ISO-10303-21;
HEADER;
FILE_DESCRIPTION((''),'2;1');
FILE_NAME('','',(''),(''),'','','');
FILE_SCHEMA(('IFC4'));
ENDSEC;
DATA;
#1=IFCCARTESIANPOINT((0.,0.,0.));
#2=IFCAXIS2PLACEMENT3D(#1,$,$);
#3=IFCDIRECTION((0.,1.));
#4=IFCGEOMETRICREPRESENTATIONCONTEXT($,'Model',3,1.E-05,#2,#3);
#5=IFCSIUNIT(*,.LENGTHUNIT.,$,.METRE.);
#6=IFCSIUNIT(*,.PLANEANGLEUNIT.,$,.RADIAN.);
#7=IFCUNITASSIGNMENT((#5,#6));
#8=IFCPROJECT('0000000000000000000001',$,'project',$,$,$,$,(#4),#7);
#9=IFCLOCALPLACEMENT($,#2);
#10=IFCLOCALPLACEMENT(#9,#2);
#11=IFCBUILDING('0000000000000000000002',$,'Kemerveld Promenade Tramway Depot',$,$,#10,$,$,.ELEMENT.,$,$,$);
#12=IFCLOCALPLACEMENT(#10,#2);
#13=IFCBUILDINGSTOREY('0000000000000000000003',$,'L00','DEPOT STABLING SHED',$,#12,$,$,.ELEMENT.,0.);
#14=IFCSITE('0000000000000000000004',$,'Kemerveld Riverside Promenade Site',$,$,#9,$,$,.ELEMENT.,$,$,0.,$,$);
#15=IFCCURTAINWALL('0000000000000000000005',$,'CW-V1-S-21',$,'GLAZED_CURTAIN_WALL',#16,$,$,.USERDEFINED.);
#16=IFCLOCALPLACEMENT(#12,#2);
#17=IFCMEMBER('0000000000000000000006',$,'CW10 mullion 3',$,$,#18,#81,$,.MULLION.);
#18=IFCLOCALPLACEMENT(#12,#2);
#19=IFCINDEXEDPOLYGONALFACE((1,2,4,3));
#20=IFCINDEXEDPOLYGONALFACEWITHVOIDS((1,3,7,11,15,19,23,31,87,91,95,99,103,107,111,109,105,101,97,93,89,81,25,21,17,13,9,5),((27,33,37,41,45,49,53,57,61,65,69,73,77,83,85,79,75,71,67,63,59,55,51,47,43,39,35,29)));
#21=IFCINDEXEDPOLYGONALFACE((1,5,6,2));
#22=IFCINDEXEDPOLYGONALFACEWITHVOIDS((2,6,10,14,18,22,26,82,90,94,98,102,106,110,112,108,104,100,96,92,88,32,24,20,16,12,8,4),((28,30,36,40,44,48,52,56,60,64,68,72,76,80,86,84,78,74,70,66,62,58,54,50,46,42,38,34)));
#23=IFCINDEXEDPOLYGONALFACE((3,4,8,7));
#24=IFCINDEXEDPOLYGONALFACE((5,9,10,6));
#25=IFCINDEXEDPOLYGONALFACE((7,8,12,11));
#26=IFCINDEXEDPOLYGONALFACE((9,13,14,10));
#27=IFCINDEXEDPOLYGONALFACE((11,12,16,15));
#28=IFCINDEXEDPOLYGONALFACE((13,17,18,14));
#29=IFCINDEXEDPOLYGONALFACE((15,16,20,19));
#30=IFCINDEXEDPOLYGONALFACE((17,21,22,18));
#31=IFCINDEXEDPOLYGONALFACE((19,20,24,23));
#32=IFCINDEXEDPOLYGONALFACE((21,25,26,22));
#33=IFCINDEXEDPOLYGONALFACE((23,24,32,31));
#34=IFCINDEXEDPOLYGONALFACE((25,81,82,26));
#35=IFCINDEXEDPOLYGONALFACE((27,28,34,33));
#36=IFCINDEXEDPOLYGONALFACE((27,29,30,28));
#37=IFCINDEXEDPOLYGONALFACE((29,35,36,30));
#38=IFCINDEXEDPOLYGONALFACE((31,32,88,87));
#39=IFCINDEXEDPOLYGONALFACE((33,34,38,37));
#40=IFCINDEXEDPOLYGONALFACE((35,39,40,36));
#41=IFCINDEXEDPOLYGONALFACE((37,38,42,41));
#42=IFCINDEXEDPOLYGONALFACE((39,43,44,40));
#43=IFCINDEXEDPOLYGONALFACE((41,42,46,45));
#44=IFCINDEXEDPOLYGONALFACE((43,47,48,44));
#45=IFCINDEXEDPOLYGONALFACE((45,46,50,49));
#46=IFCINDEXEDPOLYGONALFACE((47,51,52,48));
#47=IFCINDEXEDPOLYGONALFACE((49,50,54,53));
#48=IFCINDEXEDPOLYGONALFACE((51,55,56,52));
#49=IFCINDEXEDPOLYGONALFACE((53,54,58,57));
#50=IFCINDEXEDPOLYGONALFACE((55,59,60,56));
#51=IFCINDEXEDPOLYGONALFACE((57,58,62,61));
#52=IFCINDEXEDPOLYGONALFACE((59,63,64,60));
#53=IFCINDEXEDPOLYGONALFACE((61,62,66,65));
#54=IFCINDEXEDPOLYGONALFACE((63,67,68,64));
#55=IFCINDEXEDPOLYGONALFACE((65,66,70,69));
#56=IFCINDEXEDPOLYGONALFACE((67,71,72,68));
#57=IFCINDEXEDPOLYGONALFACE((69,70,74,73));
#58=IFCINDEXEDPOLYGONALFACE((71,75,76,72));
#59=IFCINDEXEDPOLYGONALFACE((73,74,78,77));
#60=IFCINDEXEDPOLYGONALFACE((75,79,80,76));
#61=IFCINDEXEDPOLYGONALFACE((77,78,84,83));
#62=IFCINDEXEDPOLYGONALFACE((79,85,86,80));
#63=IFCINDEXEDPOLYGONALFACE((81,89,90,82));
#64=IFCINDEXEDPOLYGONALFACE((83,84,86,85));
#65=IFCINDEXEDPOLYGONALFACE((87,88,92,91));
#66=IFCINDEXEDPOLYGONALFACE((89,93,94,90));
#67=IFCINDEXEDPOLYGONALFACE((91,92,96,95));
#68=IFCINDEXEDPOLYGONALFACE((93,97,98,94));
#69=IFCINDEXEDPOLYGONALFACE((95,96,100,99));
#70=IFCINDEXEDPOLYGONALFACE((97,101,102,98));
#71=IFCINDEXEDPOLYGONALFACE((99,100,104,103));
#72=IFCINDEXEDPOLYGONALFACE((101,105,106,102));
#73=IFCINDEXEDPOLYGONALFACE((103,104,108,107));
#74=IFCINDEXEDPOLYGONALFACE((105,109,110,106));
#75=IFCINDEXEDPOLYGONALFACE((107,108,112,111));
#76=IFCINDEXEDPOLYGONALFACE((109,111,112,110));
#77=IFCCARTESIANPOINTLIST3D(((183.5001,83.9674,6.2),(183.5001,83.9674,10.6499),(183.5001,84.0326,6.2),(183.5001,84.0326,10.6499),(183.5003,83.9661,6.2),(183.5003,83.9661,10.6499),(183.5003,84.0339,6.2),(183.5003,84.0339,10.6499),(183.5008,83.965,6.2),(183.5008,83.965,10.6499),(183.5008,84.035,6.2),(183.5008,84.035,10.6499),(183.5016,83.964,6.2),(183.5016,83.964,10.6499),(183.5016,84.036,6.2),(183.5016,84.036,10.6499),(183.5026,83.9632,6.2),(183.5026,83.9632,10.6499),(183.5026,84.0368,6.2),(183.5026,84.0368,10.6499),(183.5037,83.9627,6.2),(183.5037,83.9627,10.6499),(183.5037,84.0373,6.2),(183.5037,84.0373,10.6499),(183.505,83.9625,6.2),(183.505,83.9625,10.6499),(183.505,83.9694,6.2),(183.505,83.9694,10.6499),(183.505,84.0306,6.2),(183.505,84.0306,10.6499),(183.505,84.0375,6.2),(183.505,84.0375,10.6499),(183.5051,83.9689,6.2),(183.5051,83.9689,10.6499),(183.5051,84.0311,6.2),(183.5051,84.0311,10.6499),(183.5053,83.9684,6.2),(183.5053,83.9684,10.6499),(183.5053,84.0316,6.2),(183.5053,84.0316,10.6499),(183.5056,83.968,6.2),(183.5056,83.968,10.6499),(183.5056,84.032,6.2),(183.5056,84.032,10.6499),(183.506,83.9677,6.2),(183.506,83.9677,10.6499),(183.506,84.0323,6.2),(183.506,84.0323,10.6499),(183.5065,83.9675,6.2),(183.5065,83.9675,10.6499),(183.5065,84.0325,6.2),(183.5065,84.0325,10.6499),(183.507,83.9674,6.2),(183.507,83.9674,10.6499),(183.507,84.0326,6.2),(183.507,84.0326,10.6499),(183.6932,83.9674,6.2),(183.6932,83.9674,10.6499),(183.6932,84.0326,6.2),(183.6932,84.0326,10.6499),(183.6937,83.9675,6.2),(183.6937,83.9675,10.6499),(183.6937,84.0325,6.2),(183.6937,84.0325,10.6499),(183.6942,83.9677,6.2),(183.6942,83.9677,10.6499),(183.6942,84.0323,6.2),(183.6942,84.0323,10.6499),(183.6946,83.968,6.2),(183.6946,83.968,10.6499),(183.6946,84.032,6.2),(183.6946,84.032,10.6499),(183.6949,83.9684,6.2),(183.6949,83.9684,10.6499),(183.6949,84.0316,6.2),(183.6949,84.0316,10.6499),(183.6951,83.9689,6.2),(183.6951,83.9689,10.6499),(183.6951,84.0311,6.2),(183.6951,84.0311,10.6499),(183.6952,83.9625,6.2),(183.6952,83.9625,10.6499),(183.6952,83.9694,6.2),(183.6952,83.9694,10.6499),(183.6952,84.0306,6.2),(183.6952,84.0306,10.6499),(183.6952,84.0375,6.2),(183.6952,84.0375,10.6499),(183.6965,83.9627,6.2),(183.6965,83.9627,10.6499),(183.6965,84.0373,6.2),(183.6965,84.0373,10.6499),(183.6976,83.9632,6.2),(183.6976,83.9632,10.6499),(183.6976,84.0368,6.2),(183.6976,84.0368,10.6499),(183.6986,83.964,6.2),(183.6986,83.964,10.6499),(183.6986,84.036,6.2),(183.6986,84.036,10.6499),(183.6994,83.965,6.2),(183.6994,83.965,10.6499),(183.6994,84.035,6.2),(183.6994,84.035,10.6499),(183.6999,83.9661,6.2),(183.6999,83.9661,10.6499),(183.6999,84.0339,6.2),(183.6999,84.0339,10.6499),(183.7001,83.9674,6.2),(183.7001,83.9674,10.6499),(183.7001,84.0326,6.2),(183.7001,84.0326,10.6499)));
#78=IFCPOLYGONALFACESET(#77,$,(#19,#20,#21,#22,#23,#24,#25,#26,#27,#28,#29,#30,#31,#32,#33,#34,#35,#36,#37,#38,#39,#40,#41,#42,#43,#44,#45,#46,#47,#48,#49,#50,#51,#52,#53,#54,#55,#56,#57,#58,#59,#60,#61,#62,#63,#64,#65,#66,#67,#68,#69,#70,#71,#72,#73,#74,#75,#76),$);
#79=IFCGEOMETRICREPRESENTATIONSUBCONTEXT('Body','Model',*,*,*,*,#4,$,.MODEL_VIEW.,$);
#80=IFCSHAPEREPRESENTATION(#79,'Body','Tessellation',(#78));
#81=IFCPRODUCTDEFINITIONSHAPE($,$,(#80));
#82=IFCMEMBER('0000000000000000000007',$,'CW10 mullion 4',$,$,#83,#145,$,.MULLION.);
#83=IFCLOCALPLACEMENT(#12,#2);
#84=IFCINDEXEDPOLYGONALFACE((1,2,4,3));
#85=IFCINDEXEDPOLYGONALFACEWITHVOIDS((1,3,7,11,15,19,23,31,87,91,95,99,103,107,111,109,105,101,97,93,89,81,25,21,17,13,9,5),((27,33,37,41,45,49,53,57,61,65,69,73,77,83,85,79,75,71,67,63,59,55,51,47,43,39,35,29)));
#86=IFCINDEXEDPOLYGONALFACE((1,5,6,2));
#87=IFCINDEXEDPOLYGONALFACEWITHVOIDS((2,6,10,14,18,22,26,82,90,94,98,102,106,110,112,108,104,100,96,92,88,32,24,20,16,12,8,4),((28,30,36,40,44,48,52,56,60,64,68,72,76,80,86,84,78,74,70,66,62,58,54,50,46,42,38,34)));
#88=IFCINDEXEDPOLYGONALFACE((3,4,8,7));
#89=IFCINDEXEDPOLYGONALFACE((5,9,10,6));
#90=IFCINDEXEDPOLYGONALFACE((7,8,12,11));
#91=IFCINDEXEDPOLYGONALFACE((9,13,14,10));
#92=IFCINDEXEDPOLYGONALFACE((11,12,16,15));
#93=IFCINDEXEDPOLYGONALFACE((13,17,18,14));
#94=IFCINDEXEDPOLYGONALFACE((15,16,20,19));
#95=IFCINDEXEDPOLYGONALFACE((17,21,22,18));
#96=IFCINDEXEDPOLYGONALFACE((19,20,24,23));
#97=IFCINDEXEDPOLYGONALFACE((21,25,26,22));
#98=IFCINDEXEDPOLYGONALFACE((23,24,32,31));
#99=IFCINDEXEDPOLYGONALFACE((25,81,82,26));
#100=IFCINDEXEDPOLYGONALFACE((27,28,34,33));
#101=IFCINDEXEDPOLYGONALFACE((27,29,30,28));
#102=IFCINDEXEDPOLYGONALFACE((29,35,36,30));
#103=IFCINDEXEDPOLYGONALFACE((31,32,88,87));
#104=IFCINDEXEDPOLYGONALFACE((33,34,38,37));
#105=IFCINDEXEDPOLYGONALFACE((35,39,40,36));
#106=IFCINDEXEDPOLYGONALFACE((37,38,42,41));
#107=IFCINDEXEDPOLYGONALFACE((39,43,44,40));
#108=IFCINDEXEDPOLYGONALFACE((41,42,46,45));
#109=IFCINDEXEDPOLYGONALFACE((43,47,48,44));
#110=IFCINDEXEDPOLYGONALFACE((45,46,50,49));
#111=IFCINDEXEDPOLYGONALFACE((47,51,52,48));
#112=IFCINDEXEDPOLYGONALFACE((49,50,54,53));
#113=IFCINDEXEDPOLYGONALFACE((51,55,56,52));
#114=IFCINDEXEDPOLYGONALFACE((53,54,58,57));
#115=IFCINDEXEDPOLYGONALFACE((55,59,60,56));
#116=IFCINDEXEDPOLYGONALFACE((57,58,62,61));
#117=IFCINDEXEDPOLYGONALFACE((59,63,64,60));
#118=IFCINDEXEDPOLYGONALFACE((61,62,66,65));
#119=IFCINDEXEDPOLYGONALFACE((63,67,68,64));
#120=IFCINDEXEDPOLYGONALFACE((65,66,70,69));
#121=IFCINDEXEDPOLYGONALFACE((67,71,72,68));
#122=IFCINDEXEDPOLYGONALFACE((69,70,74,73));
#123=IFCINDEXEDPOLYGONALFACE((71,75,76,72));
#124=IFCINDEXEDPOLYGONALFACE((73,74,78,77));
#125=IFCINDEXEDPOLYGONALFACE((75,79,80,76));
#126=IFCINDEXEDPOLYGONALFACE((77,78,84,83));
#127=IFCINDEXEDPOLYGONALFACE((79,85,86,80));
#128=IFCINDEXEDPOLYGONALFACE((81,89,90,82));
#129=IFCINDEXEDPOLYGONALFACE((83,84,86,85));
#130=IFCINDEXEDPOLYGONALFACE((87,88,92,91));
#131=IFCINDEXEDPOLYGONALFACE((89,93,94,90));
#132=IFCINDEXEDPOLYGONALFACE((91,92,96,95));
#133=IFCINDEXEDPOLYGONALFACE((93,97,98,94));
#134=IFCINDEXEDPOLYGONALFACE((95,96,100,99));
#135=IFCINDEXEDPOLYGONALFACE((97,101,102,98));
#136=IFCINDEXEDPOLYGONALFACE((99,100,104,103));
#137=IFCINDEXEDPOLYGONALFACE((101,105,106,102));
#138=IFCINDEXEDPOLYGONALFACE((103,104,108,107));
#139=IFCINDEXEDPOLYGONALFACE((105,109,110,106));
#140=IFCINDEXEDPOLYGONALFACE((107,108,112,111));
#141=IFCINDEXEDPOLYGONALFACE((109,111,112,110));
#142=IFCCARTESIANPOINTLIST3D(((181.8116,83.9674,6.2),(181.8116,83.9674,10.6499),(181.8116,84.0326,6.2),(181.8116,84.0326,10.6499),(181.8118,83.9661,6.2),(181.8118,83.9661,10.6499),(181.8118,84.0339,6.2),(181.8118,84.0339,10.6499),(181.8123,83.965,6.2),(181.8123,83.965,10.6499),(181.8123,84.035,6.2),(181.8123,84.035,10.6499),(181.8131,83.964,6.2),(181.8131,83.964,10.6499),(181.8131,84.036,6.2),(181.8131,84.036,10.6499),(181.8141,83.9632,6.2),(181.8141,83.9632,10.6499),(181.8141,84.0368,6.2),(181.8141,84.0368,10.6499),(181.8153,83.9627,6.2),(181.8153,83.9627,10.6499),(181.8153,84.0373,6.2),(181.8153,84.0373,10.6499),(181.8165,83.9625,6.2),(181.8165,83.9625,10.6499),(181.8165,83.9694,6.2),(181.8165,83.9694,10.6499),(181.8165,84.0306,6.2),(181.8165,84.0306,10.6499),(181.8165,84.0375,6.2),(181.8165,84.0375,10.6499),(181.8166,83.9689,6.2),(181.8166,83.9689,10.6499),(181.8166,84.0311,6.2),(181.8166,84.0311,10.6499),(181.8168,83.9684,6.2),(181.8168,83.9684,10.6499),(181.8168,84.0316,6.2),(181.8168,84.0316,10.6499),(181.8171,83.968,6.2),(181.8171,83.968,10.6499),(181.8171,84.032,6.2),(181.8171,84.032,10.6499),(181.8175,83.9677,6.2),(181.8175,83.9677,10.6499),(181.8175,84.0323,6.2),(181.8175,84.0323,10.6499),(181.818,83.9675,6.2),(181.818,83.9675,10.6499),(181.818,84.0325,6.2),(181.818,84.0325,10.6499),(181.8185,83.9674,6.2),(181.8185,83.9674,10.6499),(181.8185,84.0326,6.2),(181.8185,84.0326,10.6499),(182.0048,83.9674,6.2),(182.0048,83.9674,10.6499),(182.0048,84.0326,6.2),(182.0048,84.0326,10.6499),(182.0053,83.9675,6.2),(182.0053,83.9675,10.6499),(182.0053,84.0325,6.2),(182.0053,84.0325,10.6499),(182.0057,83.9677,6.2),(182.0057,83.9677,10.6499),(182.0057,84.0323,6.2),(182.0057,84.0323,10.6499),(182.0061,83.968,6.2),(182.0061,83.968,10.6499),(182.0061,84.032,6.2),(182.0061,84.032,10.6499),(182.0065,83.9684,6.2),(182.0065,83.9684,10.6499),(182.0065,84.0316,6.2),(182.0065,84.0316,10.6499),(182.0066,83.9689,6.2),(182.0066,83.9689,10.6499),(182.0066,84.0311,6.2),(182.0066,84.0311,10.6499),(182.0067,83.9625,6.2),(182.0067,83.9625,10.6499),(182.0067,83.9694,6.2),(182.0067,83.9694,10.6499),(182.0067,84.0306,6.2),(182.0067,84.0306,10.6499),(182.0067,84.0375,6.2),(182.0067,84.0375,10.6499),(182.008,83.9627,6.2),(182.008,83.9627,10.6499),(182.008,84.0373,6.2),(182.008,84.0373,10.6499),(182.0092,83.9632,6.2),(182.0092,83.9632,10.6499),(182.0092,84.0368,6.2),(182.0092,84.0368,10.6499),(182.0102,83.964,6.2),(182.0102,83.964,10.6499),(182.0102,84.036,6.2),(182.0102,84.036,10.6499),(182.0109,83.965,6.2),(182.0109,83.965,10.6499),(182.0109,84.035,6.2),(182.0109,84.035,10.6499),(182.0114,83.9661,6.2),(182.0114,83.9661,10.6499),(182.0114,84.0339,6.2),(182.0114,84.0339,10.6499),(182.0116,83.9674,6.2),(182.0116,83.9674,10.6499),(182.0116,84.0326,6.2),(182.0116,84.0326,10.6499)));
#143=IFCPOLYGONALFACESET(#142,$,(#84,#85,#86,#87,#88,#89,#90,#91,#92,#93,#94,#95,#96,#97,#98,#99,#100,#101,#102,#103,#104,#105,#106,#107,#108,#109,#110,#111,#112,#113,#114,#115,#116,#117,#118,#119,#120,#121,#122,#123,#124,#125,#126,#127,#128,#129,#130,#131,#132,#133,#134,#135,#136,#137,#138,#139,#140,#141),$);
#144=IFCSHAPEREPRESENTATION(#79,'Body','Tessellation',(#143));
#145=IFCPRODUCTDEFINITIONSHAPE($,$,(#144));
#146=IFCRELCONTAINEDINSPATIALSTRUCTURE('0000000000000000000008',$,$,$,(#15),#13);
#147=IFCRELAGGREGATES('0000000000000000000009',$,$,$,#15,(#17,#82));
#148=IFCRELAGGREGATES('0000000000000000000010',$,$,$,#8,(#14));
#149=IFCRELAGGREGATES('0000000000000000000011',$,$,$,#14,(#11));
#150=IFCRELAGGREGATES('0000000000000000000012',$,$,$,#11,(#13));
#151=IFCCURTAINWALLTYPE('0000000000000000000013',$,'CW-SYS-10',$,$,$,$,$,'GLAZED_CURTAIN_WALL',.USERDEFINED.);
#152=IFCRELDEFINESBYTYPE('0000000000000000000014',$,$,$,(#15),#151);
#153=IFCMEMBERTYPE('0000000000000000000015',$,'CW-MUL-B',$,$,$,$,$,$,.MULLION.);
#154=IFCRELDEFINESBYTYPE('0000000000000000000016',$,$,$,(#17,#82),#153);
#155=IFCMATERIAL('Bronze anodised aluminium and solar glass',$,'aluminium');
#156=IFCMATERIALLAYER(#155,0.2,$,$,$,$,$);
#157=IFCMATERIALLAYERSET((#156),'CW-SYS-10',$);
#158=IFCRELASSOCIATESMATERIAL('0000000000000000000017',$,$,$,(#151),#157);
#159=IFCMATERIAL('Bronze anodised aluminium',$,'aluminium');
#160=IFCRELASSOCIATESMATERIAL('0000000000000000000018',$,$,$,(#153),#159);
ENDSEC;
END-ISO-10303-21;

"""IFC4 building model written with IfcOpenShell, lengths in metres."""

from ifc_helpers import new_model, si_unit, direction, frame, origin, origin_2d, place, context, subcontext, project, spatial, hollow_rectangle, extrude, material, layer, layer_set, material_profile, profile_set, type_object, element, aggregate, save


model = new_model("IFC4")

# Units and contexts
model_context = context("Model", 3, precision=1e-05, world=origin(), true_north=direction((0.0, 1.0)))
body_context = subcontext(model_context, "Body", "Model", "MODEL_VIEW")
ifc_project = project(units=[si_unit("LENGTHUNIT", "METRE"), si_unit("PLANEANGLEUNIT", "RADIAN")], contexts=[model_context])

# Site, building, storey
site_placement = place(None, origin())
site = spatial("IfcSite", under=ifc_project, at=site_placement, Name="Kemerveld Riverside Promenade Site", CompositionType="ELEMENT", RefElevation=0.0)
building_placement = place(site_placement, origin())
building = spatial("IfcBuilding", under=site, at=building_placement, Name="Kemerveld Promenade Tramway Depot", CompositionType="ELEMENT")
storey_placement = place(building_placement, origin())
storey = spatial("IfcBuildingStorey", under=building, at=storey_placement, Name="L00", Description="DEPOT STABLING SHED", CompositionType="ELEMENT", Elevation=0.0)

# Shared definitions
ifc_material_1 = material(Name="Bronze anodised aluminium and solar glass", Category="aluminium")
ifc_material_2 = material(Name="Bronze anodised aluminium", Category="aluminium")

# Curtain wall, members
ifc_layer_1 = layer(ifc_material_1, 0.2)
ifc_layer_set_1 = layer_set([ifc_layer_1], Name="CW-SYS-10")
curtain_wall_type_1 = type_object("IfcCurtainWallType", Name="CW-SYS-10", ElementType="GLAZED_CURTAIN_WALL", PredefinedType="USERDEFINED", material=ifc_layer_set_1)
curtain_wall_1_placement = place(storey_placement, origin())
curtain_wall_1 = element("IfcCurtainWall", 1, at=curtain_wall_1_placement, inside=storey, type_object=curtain_wall_type_1, Name="CW-V1-S-21", ObjectType="GLAZED_CURTAIN_WALL", PredefinedType="USERDEFINED")
ifc_material_profile_1 = material_profile(ifc_material_2, hollow_rectangle(XDim=0.075, YDim=0.2, WallThickness=0.0049, InnerFilletRadius=0.002, OuterFilletRadius=0.0049, at=origin_2d()), Name="CW-MUL-200x75")
ifc_profile_set_1 = profile_set([ifc_material_profile_1], Name="Bronze anodised aluminium")
member_type_1 = type_object("IfcMemberType", Name="CW-MUL-B", PredefinedType="MULLION", material=ifc_profile_set_1)
member_1_placement = place(storey_placement, frame((183.6001, 84.0, 6.2), z_axis=(0.0, 0.0, 1.0), x_axis=(0.0, -1.0, 0.0)))
member_1 = element("IfcMember", 2, at=member_1_placement, type_object=member_type_1, Name="CW10 mullion 3", PredefinedType="MULLION", context=body_context, shape_type="SweptSolid", body=[
    extrude(hollow_rectangle(XDim=0.075, YDim=0.2, WallThickness=0.0049, InnerFilletRadius=0.002, OuterFilletRadius=0.0049, at=origin_2d()), origin(), (0.0, 0.0, 1.0), 4.45),
])
member_2_placement = place(storey_placement, frame((181.9116, 84.0, 6.2), z_axis=(0.0, 0.0, 1.0), x_axis=(0.0, -1.0, 0.0)))
member_2 = element("IfcMember", 3, at=member_2_placement, type_object=member_type_1, Name="CW10 mullion 4", PredefinedType="MULLION", context=body_context, shape_type="SweptSolid", body=[
    extrude(hollow_rectangle(XDim=0.075, YDim=0.2, WallThickness=0.0049, InnerFilletRadius=0.002, OuterFilletRadius=0.0049, at=origin_2d()), origin(), (0.0, 0.0, 1.0), 4.45),
])

aggregate(curtain_wall_1, [member_1, member_2])

save(model, "model.ifc")
